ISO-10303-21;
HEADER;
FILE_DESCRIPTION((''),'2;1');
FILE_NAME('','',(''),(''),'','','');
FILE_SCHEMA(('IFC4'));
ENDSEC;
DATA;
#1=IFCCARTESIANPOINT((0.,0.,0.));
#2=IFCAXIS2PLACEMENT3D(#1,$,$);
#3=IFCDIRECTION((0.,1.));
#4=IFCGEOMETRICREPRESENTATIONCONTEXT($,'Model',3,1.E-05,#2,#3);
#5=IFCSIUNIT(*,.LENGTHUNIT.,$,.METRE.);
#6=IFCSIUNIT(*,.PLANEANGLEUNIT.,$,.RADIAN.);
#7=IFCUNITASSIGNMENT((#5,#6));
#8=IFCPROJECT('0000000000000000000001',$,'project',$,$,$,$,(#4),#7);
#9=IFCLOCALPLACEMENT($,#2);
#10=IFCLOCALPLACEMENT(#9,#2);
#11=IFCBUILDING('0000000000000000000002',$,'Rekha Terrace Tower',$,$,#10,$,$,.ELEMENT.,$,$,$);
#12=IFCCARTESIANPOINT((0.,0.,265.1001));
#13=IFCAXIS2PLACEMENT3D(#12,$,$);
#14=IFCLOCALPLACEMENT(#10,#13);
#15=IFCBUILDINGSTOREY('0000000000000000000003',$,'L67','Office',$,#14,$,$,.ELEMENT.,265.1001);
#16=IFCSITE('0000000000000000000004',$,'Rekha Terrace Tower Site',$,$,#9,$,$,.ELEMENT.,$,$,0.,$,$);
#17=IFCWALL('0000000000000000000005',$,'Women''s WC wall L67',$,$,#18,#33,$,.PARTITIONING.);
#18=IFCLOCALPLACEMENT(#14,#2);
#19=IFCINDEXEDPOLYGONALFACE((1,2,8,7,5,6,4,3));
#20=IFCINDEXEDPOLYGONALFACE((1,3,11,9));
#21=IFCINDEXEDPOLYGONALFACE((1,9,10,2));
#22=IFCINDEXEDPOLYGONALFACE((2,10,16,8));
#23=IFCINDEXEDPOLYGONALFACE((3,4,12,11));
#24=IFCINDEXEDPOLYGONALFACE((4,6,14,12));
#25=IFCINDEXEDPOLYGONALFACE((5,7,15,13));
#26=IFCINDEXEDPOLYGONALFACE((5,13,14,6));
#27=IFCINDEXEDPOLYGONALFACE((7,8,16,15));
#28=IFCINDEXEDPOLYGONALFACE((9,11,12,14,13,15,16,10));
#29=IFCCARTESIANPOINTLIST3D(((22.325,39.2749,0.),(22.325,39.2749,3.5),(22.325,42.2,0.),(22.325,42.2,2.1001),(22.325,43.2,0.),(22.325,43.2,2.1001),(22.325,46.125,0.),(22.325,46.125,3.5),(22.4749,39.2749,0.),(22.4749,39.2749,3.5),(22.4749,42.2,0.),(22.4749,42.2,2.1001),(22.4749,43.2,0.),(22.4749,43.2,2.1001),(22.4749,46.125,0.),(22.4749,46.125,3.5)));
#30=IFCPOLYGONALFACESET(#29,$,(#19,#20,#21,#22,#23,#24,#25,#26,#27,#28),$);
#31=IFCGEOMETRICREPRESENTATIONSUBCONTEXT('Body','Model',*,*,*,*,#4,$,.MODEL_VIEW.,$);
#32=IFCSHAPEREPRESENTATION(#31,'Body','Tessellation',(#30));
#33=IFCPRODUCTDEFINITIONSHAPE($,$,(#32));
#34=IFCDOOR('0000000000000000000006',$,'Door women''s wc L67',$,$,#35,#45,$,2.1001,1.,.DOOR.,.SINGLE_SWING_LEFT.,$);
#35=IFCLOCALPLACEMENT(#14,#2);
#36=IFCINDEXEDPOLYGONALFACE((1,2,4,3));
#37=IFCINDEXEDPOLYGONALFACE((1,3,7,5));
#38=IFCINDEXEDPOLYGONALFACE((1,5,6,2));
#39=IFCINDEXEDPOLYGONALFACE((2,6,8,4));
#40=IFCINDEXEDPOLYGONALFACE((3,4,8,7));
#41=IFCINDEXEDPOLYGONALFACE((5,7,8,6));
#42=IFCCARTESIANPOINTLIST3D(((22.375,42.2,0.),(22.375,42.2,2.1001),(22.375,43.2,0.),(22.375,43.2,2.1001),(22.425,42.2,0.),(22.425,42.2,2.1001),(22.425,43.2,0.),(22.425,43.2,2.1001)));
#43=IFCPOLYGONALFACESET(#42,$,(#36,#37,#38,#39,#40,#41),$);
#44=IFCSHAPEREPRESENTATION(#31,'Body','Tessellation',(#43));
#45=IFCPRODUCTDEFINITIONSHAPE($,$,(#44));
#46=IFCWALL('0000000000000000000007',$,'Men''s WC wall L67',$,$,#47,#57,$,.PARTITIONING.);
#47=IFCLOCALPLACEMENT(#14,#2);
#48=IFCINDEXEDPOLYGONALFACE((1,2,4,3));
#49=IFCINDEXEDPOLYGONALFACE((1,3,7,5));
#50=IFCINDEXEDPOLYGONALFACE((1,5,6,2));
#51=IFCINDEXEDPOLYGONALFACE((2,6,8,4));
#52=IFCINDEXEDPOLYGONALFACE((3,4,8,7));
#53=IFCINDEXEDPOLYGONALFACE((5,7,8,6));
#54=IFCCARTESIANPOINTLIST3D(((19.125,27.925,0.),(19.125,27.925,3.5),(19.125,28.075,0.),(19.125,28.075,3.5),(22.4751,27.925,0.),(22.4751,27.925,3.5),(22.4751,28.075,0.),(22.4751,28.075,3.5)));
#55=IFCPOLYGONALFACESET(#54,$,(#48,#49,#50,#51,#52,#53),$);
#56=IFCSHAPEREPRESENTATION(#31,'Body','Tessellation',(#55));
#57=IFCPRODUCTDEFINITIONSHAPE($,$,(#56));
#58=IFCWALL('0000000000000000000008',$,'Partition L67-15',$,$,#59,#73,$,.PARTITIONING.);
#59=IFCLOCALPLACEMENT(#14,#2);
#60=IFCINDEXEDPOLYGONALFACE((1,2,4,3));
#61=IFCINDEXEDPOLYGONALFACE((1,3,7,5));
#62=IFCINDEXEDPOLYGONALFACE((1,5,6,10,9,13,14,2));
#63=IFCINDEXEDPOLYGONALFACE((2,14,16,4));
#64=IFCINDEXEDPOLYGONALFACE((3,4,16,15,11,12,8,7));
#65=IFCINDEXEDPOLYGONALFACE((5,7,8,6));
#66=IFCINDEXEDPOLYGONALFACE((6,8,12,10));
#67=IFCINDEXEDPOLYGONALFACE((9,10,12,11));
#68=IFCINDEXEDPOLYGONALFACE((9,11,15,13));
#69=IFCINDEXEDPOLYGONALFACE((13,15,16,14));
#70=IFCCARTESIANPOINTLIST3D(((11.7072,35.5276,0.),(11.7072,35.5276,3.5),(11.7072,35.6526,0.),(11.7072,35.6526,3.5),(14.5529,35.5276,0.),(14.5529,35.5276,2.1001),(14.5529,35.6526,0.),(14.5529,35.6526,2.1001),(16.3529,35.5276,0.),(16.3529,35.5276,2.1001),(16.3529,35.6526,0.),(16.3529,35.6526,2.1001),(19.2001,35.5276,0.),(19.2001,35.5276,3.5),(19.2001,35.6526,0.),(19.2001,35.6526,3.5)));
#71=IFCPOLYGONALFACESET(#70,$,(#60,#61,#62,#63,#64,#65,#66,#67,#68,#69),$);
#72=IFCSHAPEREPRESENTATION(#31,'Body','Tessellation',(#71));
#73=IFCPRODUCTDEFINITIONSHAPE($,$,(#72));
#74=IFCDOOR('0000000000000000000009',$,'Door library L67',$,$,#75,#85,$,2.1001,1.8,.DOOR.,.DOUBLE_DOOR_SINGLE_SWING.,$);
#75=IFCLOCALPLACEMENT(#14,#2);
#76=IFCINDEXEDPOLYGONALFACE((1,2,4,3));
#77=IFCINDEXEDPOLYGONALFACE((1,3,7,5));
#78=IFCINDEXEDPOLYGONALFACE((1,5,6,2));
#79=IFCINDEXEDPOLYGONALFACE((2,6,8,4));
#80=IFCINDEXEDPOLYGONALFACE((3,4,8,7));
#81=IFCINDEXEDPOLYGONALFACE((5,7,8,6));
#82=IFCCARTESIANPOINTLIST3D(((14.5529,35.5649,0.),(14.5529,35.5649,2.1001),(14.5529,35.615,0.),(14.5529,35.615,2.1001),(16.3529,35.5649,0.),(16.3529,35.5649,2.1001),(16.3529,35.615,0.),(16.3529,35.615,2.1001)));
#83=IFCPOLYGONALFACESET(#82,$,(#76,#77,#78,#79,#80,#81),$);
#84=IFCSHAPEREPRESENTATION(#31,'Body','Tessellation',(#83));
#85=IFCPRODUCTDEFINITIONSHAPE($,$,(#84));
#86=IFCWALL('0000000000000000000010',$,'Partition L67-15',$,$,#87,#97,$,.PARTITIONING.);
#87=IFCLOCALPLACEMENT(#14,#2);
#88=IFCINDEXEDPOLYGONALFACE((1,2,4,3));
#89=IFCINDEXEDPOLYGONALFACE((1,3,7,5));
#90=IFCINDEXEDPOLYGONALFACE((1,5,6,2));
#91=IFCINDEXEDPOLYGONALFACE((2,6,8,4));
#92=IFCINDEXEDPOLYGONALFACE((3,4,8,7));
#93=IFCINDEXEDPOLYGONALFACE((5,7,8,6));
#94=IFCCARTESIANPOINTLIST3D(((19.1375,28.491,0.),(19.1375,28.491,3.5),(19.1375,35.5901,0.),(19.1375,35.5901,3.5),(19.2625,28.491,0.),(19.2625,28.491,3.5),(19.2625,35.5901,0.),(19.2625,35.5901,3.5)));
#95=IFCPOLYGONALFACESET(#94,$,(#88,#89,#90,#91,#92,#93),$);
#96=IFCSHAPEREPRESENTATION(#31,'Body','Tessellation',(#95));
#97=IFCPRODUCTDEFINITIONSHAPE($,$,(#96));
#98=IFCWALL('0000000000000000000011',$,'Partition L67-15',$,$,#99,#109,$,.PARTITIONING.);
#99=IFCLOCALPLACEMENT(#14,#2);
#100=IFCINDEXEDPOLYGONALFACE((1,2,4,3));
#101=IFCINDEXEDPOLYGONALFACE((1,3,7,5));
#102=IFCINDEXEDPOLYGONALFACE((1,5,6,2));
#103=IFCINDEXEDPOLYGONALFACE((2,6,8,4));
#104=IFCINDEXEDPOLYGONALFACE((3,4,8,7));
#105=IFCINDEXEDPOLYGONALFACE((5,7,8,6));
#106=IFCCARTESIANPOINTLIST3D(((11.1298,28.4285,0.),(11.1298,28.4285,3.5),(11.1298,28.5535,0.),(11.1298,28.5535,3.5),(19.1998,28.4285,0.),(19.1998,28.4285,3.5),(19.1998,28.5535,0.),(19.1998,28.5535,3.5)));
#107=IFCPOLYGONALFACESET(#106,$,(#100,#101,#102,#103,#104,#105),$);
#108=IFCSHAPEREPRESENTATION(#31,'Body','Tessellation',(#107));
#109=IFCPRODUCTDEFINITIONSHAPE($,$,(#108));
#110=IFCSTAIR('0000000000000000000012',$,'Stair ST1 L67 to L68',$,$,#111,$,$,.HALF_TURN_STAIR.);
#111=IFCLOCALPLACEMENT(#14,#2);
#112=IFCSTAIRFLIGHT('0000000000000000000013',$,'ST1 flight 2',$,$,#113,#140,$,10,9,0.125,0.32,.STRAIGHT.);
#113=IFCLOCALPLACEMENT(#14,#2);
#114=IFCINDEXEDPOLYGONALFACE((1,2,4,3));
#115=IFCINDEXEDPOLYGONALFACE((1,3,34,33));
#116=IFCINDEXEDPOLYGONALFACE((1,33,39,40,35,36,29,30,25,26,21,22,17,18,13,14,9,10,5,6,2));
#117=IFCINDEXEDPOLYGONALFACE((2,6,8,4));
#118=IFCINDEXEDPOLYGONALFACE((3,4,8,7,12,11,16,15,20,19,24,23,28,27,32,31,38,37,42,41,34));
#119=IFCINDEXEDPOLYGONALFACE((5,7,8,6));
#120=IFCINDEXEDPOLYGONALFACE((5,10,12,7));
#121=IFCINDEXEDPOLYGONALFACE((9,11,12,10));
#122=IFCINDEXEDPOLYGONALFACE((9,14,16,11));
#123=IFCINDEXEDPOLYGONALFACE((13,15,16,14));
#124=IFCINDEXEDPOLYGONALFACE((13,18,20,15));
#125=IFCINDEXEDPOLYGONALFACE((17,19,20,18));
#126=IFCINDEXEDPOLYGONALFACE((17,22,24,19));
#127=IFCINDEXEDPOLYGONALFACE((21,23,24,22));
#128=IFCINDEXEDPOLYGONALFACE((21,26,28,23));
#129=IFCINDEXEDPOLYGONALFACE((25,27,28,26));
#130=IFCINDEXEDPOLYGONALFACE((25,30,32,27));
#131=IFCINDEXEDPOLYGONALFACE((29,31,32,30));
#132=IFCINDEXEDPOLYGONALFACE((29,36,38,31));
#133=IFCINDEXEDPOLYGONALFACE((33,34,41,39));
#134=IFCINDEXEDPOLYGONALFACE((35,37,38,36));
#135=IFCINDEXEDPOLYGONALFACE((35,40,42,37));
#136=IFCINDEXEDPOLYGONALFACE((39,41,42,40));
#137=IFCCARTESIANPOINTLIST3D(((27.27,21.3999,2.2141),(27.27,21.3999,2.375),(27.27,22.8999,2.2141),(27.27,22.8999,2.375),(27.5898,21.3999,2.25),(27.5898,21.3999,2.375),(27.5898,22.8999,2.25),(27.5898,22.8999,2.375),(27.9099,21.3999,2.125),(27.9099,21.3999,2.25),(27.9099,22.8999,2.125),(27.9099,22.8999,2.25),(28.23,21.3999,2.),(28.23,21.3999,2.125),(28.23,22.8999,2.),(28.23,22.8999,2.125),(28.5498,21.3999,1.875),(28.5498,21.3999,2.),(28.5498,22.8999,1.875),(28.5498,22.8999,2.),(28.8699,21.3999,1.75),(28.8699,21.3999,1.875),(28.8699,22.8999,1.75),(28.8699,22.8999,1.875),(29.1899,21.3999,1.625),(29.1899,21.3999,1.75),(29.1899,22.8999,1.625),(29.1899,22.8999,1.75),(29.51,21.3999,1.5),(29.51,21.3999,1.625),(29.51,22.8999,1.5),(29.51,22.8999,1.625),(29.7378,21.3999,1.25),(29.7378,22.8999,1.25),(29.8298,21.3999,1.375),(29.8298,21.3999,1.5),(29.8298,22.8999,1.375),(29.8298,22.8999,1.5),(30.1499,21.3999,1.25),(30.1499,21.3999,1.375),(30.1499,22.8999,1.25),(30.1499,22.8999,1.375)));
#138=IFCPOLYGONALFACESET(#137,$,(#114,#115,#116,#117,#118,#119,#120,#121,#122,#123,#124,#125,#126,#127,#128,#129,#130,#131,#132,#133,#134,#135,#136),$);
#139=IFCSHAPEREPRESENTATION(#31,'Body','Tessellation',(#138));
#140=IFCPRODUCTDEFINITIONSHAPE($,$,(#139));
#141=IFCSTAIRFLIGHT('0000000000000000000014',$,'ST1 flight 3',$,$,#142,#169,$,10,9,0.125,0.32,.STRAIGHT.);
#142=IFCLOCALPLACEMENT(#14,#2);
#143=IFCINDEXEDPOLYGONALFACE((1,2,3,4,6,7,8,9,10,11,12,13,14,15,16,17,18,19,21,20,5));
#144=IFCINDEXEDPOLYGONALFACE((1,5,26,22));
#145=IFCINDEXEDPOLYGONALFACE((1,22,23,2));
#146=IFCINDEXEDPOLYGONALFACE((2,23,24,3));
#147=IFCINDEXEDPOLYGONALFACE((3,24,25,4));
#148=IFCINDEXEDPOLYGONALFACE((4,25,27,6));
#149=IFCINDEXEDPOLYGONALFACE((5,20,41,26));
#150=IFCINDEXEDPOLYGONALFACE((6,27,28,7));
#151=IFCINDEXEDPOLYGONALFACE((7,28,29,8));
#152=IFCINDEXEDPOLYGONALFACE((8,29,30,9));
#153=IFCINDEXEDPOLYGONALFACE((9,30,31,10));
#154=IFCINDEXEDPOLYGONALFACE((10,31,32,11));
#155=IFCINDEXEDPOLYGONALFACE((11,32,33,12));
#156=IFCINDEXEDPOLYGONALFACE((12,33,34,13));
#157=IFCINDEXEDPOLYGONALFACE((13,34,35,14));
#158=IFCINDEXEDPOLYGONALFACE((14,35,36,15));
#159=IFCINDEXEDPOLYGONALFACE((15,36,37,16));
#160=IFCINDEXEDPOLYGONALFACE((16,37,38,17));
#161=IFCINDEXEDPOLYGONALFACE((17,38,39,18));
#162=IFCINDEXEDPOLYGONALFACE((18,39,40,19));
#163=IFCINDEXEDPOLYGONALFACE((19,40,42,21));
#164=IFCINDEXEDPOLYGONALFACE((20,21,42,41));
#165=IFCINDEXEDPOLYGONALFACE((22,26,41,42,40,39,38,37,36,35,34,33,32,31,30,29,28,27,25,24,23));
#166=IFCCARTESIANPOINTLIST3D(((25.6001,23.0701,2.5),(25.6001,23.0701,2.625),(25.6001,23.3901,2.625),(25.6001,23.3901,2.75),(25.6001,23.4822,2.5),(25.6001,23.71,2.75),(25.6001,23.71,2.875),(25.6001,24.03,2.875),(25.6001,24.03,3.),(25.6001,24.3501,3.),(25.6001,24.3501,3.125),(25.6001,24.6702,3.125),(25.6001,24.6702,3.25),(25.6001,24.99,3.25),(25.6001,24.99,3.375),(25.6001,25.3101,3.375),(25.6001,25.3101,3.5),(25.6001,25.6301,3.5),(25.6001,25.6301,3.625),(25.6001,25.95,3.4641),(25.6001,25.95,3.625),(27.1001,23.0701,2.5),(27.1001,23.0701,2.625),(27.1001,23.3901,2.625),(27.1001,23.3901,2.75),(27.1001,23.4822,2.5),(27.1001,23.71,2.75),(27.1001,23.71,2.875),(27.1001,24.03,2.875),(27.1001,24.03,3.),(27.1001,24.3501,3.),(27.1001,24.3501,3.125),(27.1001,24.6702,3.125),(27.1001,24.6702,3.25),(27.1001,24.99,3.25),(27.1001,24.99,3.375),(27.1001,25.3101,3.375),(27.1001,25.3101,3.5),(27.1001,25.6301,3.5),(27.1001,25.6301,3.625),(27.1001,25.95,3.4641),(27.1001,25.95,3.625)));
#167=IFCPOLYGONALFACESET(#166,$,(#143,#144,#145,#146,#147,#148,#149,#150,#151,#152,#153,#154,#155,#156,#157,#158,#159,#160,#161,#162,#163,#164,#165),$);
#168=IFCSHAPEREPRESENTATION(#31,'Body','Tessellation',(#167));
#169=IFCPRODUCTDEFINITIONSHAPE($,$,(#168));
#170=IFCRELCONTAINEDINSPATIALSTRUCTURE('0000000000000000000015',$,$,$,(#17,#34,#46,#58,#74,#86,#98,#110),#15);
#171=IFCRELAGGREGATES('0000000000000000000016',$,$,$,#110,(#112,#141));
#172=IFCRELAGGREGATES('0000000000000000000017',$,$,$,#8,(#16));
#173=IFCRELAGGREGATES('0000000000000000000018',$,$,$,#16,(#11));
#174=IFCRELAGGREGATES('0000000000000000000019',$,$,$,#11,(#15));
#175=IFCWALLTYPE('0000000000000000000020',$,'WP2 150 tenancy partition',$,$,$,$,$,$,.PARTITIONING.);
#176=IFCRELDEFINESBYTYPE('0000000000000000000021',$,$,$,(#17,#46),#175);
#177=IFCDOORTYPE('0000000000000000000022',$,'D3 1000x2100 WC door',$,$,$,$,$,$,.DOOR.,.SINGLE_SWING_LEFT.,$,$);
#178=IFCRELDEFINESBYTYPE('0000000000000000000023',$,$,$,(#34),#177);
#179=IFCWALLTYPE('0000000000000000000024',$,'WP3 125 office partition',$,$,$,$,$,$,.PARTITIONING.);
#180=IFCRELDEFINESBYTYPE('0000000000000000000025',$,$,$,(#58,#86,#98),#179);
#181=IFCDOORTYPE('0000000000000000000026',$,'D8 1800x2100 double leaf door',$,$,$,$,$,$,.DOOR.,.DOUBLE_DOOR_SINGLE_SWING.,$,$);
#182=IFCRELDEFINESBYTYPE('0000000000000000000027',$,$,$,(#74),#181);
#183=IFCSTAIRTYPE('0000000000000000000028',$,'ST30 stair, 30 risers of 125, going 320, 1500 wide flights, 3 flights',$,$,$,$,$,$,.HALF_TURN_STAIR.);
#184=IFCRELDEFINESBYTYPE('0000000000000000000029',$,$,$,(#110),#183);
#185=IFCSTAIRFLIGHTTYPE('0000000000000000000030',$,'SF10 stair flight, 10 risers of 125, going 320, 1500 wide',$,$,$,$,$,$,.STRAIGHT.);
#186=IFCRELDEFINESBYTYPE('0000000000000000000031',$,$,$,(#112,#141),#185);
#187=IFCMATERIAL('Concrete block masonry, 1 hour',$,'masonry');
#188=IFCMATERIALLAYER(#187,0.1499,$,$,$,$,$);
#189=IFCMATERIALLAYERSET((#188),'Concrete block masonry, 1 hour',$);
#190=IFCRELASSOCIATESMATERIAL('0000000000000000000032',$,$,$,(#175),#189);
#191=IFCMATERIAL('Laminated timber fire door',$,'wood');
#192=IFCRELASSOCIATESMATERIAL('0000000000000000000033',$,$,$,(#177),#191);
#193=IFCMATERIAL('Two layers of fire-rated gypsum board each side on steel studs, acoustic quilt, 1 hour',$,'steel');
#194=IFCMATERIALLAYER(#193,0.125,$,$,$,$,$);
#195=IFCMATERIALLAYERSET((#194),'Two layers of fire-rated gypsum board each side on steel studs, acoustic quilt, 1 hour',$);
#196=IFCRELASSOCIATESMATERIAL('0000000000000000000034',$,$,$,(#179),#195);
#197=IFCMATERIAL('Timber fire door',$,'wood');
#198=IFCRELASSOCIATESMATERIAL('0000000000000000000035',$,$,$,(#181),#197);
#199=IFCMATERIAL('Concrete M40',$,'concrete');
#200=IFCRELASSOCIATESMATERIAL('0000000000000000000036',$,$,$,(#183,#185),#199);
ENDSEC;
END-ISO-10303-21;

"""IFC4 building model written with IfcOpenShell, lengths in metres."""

from ifc_helpers import new_model, si_unit, direction, frame, frame_2d, origin, place, context, subcontext, project, spatial, polyline, rectangle, outline, extrude, material, layer, layer_set, type_object, element, fill, aggregate, save


model = new_model("IFC4")

# Units and contexts
model_context = context("Model", 3, precision=1e-05, world=origin(), true_north=direction((0.0, 1.0)))
body_context = subcontext(model_context, "Body", "Model", "MODEL_VIEW")
ifc_project = project(units=[si_unit("LENGTHUNIT", "METRE"), si_unit("PLANEANGLEUNIT", "RADIAN")], contexts=[model_context])

# Site, building, storey
site_placement = place(None, origin())
site = spatial("IfcSite", under=ifc_project, at=site_placement, Name="Rekha Terrace Tower Site", CompositionType="ELEMENT", RefElevation=0.0)
building_placement = place(site_placement, origin())
building = spatial("IfcBuilding", under=site, at=building_placement, Name="Rekha Terrace Tower", CompositionType="ELEMENT")
storey_placement = place(building_placement, frame((0.0, 0.0, 265.1001)))
storey = spatial("IfcBuildingStorey", under=building, at=storey_placement, Name="L67", Description="Office", CompositionType="ELEMENT", Elevation=265.1001)

# Shared definitions
ifc_material_1 = material(Name="Concrete block masonry, 1 hour", Category="masonry")
ifc_layer_1 = layer(ifc_material_1, 0.1499)
ifc_layer_set_1 = layer_set([ifc_layer_1], Name="Concrete block masonry, 1 hour")
wall_type_1 = type_object("IfcWallType", Name="WP2 150 tenancy partition", PredefinedType="PARTITIONING", material=ifc_layer_set_1)

# Wall, opening, door
wall_1_placement = place(storey_placement, frame((22.3999, 39.2749, 0.0), z_axis=(0.0, 0.0, 1.0), x_axis=(0.0, 1.0, 0.0)))
wall_1 = element("IfcWall", 1, at=wall_1_placement, inside=storey, type_object=wall_type_1, Name="Women's WC wall L67", PredefinedType="PARTITIONING", context=body_context, shape_type="SweptSolid", body=[
    extrude(rectangle(XDim=6.8501, YDim=0.1499, at=frame_2d((3.425, 0.0))), origin(), (0.0, 0.0, 1.0), 3.5),
])
opening_1_placement = place(wall_1_placement, frame((2.925, 0.0, 0.0)))
opening_1 = element("IfcOpeningElement", 2, at=opening_1_placement, cuts=wall_1, PredefinedType="OPENING", context=body_context, shape_type="SweptSolid", body=[
    extrude(rectangle(XDim=1.0, YDim=2.1001, at=frame_2d((0.5, 1.05))), frame((0.0, 0.085, 0.0), z_axis=(0.0, -1.0, 0.0), x_axis=(1.0, 0.0, 0.0)), (0.0, 0.0, 1.0), 0.1699),
])
ifc_material_2 = material(Name="Laminated timber fire door", Category="wood")
door_type_1 = type_object("IfcDoorType", Name="D3 1000x2100 WC door", OperationType="SINGLE_SWING_LEFT", PredefinedType="DOOR", material=ifc_material_2)
door_1_placement = place(opening_1_placement, origin())
door_1 = element("IfcDoor", 3, at=door_1_placement, inside=storey, type_object=door_type_1, Name="Door women's wc L67", OperationType="SINGLE_SWING_LEFT", OverallHeight=2.1001, OverallWidth=1.0, PredefinedType="DOOR", context=body_context, shape_type="SweptSolid", body=[
    extrude(rectangle(XDim=1.0, YDim=2.1001, at=frame_2d((0.5, 1.05))), frame((0.0, 0.0249, 0.0), z_axis=(0.0, -1.0, 0.0), x_axis=(1.0, 0.0, 0.0)), (0.0, 0.0, 1.0), 0.05),
])
fill(opening_1, door_1)

# Wall
wall_2_placement = place(storey_placement, frame((19.125, 28.0, 0.0), z_axis=(0.0, 0.0, 1.0), x_axis=(1.0, 0.0, 0.0)))
element("IfcWall", 4, at=wall_2_placement, inside=storey, type_object=wall_type_1, Name="Men's WC wall L67", PredefinedType="PARTITIONING", context=body_context, shape_type="SweptSolid", body=[
    extrude(rectangle(XDim=3.3501, YDim=0.1499, at=frame_2d((1.675, 0.0))), origin(), (0.0, 0.0, 1.0), 3.5),
])

# Wall, opening, door
ifc_material_3 = material(Name="Two layers of fire-rated gypsum board each side on steel studs, acoustic quilt, 1 hour", Category="steel")
ifc_layer_2 = layer(ifc_material_3, 0.125)
ifc_layer_set_2 = layer_set([ifc_layer_2], Name="Two layers of fire-rated gypsum board each side on steel studs, acoustic quilt, 1 hour")
wall_type_2 = type_object("IfcWallType", Name="WP3 125 office partition", PredefinedType="PARTITIONING", material=ifc_layer_set_2)
wall_3_placement = place(storey_placement, frame((11.707, 35.5901, 0.0), z_axis=(0.0, 0.0, 1.0), x_axis=(1.0, 0.0, 0.0)))
wall_3 = element("IfcWall", 5, at=wall_3_placement, inside=storey, type_object=wall_type_2, Name="Partition L67-15", PredefinedType="PARTITIONING", context=body_context, shape_type="SweptSolid", body=[
    extrude(rectangle(XDim=7.4929, YDim=0.125, at=frame_2d((3.7466, 0.0))), origin(), (0.0, 0.0, 1.0), 3.5),
])
opening_2_placement = place(wall_3_placement, frame((2.8459, 0.0, 0.0)))
opening_2 = element("IfcOpeningElement", 6, at=opening_2_placement, cuts=wall_3, PredefinedType="OPENING", context=body_context, shape_type="SweptSolid", body=[
    extrude(rectangle(XDim=1.8, YDim=2.1001, at=frame_2d((0.8999, 1.05))), frame((0.0, 0.0725, 0.0), z_axis=(0.0, -1.0, 0.0), x_axis=(1.0, 0.0, 0.0)), (0.0, 0.0, 1.0), 0.145),
])
ifc_material_4 = material(Name="Timber fire door", Category="wood")
door_type_2 = type_object("IfcDoorType", Name="D8 1800x2100 double leaf door", OperationType="DOUBLE_DOOR_SINGLE_SWING", PredefinedType="DOOR", material=ifc_material_4)
door_2_placement = place(opening_2_placement, origin())
door_2 = element("IfcDoor", 7, at=door_2_placement, inside=storey, type_object=door_type_2, Name="Door library L67", OperationType="DOUBLE_DOOR_SINGLE_SWING", OverallHeight=2.1001, OverallWidth=1.8, PredefinedType="DOOR", context=body_context, shape_type="SweptSolid", body=[
    extrude(rectangle(XDim=1.8, YDim=2.1001, at=frame_2d((0.8999, 1.05))), frame((0.0, 0.0249, 0.0), z_axis=(0.0, -1.0, 0.0), x_axis=(1.0, 0.0, 0.0)), (0.0, 0.0, 1.0), 0.05),
])
fill(opening_2, door_2)

# Walls
wall_4_placement = place(storey_placement, frame((19.2, 35.5901, 0.0), z_axis=(0.0, 0.0, 1.0), x_axis=(0.0, -1.0, 0.0)))
element("IfcWall", 8, at=wall_4_placement, inside=storey, type_object=wall_type_2, Name="Partition L67-15", PredefinedType="PARTITIONING", context=body_context, shape_type="SweptSolid", body=[
    extrude(rectangle(XDim=7.0991, YDim=0.125, at=frame_2d((3.5496, 0.0))), origin(), (0.0, 0.0, 1.0), 3.5),
])
wall_5_placement = place(storey_placement, frame((19.2, 28.491, 0.0), z_axis=(0.0, 0.0, 1.0), x_axis=(-1.0, 0.0, 0.0)))
element("IfcWall", 9, at=wall_5_placement, inside=storey, type_object=wall_type_2, Name="Partition L67-15", PredefinedType="PARTITIONING", context=body_context, shape_type="SweptSolid", body=[
    extrude(rectangle(XDim=8.0701, YDim=0.125, at=frame_2d((4.0352, 0.0))), origin(), (0.0, 0.0, 1.0), 3.5),
])

# Stair, stair flights
ifc_material_5 = material(Name="Concrete M40", Category="concrete")
stair_type = type_object("IfcStairType", Name="ST30 stair, 30 risers of 125, going 320, 1500 wide flights, 3 flights", PredefinedType="HALF_TURN_STAIR", material=ifc_material_5)
stair_placement = place(storey_placement, origin())
stair = element("IfcStair", 10, at=stair_placement, inside=storey, type_object=stair_type, Name="Stair ST1 L67 to L68", PredefinedType="HALF_TURN_STAIR")
stair_flight_type = type_object("IfcStairFlightType", Name="SF10 stair flight, 10 risers of 125, going 320, 1500 wide", PredefinedType="STRAIGHT", material=ifc_material_5)
stair_flight_1_placement = place(storey_placement, frame((30.1499, 22.1499, 1.25), z_axis=(0.0, 0.0, 1.0), x_axis=(-1.0, 0.0, 0.0)))
stair_flight_1 = element("IfcStairFlight", 11, at=stair_flight_1_placement, type_object=stair_flight_type, Name="ST1 flight 2", NumberOfRisers=10, NumberOfTreads=9, PredefinedType="STRAIGHT", RiserHeight=0.125, TreadLength=0.32, context=body_context, shape_type="SweptSolid", body=[
    extrude(outline(polyline([(0.0, 0.0), (0.0, 0.125), (0.3201, 0.125), (0.3201, 0.25), (0.6399, 0.25), (0.6399, 0.375), (0.96, 0.375), (0.96, 0.5), (1.28, 0.5), (1.28, 0.625), (1.6001, 0.625), (1.6001, 0.75), (1.9199, 0.75), (1.9199, 0.875), (2.24, 0.875), (2.24, 1.0), (2.5601, 1.0), (2.5601, 1.125), (2.8799, 1.125), (2.8799, 1.25), (2.8799, 0.9641), (0.4121, 0.0), (0.0, 0.0)])), frame((0.0, 0.75, 0.0), z_axis=(0.0, -1.0, 0.0), x_axis=(1.0, 0.0, 0.0)), (0.0, 0.0, 1.0), 1.5),
])
stair_flight_2_placement = place(storey_placement, frame((26.3501, 23.0701, 2.5), z_axis=(0.0, 0.0, 1.0), x_axis=(0.0, 1.0, 0.0)))
stair_flight_2 = element("IfcStairFlight", 12, at=stair_flight_2_placement, type_object=stair_flight_type, Name="ST1 flight 3", NumberOfRisers=10, NumberOfTreads=9, PredefinedType="STRAIGHT", RiserHeight=0.125, TreadLength=0.32, context=body_context, shape_type="SweptSolid", body=[
    extrude(outline(polyline([(0.0, 0.0), (0.0, 0.125), (0.3201, 0.125), (0.3201, 0.25), (0.6399, 0.25), (0.6399, 0.375), (0.96, 0.375), (0.96, 0.5), (1.28, 0.5), (1.28, 0.625), (1.6001, 0.625), (1.6001, 0.75), (1.9199, 0.75), (1.9199, 0.875), (2.24, 0.875), (2.24, 1.0), (2.5601, 1.0), (2.5601, 1.125), (2.8799, 1.125), (2.8799, 1.25), (2.8799, 0.9641), (0.4121, 0.0), (0.0, 0.0)])), frame((0.0, 0.75, 0.0), z_axis=(0.0, -1.0, 0.0), x_axis=(1.0, 0.0, 0.0)), (0.0, 0.0, 1.0), 1.5),
])
aggregate(stair, [stair_flight_1, stair_flight_2])

save(model, "model.ifc")
